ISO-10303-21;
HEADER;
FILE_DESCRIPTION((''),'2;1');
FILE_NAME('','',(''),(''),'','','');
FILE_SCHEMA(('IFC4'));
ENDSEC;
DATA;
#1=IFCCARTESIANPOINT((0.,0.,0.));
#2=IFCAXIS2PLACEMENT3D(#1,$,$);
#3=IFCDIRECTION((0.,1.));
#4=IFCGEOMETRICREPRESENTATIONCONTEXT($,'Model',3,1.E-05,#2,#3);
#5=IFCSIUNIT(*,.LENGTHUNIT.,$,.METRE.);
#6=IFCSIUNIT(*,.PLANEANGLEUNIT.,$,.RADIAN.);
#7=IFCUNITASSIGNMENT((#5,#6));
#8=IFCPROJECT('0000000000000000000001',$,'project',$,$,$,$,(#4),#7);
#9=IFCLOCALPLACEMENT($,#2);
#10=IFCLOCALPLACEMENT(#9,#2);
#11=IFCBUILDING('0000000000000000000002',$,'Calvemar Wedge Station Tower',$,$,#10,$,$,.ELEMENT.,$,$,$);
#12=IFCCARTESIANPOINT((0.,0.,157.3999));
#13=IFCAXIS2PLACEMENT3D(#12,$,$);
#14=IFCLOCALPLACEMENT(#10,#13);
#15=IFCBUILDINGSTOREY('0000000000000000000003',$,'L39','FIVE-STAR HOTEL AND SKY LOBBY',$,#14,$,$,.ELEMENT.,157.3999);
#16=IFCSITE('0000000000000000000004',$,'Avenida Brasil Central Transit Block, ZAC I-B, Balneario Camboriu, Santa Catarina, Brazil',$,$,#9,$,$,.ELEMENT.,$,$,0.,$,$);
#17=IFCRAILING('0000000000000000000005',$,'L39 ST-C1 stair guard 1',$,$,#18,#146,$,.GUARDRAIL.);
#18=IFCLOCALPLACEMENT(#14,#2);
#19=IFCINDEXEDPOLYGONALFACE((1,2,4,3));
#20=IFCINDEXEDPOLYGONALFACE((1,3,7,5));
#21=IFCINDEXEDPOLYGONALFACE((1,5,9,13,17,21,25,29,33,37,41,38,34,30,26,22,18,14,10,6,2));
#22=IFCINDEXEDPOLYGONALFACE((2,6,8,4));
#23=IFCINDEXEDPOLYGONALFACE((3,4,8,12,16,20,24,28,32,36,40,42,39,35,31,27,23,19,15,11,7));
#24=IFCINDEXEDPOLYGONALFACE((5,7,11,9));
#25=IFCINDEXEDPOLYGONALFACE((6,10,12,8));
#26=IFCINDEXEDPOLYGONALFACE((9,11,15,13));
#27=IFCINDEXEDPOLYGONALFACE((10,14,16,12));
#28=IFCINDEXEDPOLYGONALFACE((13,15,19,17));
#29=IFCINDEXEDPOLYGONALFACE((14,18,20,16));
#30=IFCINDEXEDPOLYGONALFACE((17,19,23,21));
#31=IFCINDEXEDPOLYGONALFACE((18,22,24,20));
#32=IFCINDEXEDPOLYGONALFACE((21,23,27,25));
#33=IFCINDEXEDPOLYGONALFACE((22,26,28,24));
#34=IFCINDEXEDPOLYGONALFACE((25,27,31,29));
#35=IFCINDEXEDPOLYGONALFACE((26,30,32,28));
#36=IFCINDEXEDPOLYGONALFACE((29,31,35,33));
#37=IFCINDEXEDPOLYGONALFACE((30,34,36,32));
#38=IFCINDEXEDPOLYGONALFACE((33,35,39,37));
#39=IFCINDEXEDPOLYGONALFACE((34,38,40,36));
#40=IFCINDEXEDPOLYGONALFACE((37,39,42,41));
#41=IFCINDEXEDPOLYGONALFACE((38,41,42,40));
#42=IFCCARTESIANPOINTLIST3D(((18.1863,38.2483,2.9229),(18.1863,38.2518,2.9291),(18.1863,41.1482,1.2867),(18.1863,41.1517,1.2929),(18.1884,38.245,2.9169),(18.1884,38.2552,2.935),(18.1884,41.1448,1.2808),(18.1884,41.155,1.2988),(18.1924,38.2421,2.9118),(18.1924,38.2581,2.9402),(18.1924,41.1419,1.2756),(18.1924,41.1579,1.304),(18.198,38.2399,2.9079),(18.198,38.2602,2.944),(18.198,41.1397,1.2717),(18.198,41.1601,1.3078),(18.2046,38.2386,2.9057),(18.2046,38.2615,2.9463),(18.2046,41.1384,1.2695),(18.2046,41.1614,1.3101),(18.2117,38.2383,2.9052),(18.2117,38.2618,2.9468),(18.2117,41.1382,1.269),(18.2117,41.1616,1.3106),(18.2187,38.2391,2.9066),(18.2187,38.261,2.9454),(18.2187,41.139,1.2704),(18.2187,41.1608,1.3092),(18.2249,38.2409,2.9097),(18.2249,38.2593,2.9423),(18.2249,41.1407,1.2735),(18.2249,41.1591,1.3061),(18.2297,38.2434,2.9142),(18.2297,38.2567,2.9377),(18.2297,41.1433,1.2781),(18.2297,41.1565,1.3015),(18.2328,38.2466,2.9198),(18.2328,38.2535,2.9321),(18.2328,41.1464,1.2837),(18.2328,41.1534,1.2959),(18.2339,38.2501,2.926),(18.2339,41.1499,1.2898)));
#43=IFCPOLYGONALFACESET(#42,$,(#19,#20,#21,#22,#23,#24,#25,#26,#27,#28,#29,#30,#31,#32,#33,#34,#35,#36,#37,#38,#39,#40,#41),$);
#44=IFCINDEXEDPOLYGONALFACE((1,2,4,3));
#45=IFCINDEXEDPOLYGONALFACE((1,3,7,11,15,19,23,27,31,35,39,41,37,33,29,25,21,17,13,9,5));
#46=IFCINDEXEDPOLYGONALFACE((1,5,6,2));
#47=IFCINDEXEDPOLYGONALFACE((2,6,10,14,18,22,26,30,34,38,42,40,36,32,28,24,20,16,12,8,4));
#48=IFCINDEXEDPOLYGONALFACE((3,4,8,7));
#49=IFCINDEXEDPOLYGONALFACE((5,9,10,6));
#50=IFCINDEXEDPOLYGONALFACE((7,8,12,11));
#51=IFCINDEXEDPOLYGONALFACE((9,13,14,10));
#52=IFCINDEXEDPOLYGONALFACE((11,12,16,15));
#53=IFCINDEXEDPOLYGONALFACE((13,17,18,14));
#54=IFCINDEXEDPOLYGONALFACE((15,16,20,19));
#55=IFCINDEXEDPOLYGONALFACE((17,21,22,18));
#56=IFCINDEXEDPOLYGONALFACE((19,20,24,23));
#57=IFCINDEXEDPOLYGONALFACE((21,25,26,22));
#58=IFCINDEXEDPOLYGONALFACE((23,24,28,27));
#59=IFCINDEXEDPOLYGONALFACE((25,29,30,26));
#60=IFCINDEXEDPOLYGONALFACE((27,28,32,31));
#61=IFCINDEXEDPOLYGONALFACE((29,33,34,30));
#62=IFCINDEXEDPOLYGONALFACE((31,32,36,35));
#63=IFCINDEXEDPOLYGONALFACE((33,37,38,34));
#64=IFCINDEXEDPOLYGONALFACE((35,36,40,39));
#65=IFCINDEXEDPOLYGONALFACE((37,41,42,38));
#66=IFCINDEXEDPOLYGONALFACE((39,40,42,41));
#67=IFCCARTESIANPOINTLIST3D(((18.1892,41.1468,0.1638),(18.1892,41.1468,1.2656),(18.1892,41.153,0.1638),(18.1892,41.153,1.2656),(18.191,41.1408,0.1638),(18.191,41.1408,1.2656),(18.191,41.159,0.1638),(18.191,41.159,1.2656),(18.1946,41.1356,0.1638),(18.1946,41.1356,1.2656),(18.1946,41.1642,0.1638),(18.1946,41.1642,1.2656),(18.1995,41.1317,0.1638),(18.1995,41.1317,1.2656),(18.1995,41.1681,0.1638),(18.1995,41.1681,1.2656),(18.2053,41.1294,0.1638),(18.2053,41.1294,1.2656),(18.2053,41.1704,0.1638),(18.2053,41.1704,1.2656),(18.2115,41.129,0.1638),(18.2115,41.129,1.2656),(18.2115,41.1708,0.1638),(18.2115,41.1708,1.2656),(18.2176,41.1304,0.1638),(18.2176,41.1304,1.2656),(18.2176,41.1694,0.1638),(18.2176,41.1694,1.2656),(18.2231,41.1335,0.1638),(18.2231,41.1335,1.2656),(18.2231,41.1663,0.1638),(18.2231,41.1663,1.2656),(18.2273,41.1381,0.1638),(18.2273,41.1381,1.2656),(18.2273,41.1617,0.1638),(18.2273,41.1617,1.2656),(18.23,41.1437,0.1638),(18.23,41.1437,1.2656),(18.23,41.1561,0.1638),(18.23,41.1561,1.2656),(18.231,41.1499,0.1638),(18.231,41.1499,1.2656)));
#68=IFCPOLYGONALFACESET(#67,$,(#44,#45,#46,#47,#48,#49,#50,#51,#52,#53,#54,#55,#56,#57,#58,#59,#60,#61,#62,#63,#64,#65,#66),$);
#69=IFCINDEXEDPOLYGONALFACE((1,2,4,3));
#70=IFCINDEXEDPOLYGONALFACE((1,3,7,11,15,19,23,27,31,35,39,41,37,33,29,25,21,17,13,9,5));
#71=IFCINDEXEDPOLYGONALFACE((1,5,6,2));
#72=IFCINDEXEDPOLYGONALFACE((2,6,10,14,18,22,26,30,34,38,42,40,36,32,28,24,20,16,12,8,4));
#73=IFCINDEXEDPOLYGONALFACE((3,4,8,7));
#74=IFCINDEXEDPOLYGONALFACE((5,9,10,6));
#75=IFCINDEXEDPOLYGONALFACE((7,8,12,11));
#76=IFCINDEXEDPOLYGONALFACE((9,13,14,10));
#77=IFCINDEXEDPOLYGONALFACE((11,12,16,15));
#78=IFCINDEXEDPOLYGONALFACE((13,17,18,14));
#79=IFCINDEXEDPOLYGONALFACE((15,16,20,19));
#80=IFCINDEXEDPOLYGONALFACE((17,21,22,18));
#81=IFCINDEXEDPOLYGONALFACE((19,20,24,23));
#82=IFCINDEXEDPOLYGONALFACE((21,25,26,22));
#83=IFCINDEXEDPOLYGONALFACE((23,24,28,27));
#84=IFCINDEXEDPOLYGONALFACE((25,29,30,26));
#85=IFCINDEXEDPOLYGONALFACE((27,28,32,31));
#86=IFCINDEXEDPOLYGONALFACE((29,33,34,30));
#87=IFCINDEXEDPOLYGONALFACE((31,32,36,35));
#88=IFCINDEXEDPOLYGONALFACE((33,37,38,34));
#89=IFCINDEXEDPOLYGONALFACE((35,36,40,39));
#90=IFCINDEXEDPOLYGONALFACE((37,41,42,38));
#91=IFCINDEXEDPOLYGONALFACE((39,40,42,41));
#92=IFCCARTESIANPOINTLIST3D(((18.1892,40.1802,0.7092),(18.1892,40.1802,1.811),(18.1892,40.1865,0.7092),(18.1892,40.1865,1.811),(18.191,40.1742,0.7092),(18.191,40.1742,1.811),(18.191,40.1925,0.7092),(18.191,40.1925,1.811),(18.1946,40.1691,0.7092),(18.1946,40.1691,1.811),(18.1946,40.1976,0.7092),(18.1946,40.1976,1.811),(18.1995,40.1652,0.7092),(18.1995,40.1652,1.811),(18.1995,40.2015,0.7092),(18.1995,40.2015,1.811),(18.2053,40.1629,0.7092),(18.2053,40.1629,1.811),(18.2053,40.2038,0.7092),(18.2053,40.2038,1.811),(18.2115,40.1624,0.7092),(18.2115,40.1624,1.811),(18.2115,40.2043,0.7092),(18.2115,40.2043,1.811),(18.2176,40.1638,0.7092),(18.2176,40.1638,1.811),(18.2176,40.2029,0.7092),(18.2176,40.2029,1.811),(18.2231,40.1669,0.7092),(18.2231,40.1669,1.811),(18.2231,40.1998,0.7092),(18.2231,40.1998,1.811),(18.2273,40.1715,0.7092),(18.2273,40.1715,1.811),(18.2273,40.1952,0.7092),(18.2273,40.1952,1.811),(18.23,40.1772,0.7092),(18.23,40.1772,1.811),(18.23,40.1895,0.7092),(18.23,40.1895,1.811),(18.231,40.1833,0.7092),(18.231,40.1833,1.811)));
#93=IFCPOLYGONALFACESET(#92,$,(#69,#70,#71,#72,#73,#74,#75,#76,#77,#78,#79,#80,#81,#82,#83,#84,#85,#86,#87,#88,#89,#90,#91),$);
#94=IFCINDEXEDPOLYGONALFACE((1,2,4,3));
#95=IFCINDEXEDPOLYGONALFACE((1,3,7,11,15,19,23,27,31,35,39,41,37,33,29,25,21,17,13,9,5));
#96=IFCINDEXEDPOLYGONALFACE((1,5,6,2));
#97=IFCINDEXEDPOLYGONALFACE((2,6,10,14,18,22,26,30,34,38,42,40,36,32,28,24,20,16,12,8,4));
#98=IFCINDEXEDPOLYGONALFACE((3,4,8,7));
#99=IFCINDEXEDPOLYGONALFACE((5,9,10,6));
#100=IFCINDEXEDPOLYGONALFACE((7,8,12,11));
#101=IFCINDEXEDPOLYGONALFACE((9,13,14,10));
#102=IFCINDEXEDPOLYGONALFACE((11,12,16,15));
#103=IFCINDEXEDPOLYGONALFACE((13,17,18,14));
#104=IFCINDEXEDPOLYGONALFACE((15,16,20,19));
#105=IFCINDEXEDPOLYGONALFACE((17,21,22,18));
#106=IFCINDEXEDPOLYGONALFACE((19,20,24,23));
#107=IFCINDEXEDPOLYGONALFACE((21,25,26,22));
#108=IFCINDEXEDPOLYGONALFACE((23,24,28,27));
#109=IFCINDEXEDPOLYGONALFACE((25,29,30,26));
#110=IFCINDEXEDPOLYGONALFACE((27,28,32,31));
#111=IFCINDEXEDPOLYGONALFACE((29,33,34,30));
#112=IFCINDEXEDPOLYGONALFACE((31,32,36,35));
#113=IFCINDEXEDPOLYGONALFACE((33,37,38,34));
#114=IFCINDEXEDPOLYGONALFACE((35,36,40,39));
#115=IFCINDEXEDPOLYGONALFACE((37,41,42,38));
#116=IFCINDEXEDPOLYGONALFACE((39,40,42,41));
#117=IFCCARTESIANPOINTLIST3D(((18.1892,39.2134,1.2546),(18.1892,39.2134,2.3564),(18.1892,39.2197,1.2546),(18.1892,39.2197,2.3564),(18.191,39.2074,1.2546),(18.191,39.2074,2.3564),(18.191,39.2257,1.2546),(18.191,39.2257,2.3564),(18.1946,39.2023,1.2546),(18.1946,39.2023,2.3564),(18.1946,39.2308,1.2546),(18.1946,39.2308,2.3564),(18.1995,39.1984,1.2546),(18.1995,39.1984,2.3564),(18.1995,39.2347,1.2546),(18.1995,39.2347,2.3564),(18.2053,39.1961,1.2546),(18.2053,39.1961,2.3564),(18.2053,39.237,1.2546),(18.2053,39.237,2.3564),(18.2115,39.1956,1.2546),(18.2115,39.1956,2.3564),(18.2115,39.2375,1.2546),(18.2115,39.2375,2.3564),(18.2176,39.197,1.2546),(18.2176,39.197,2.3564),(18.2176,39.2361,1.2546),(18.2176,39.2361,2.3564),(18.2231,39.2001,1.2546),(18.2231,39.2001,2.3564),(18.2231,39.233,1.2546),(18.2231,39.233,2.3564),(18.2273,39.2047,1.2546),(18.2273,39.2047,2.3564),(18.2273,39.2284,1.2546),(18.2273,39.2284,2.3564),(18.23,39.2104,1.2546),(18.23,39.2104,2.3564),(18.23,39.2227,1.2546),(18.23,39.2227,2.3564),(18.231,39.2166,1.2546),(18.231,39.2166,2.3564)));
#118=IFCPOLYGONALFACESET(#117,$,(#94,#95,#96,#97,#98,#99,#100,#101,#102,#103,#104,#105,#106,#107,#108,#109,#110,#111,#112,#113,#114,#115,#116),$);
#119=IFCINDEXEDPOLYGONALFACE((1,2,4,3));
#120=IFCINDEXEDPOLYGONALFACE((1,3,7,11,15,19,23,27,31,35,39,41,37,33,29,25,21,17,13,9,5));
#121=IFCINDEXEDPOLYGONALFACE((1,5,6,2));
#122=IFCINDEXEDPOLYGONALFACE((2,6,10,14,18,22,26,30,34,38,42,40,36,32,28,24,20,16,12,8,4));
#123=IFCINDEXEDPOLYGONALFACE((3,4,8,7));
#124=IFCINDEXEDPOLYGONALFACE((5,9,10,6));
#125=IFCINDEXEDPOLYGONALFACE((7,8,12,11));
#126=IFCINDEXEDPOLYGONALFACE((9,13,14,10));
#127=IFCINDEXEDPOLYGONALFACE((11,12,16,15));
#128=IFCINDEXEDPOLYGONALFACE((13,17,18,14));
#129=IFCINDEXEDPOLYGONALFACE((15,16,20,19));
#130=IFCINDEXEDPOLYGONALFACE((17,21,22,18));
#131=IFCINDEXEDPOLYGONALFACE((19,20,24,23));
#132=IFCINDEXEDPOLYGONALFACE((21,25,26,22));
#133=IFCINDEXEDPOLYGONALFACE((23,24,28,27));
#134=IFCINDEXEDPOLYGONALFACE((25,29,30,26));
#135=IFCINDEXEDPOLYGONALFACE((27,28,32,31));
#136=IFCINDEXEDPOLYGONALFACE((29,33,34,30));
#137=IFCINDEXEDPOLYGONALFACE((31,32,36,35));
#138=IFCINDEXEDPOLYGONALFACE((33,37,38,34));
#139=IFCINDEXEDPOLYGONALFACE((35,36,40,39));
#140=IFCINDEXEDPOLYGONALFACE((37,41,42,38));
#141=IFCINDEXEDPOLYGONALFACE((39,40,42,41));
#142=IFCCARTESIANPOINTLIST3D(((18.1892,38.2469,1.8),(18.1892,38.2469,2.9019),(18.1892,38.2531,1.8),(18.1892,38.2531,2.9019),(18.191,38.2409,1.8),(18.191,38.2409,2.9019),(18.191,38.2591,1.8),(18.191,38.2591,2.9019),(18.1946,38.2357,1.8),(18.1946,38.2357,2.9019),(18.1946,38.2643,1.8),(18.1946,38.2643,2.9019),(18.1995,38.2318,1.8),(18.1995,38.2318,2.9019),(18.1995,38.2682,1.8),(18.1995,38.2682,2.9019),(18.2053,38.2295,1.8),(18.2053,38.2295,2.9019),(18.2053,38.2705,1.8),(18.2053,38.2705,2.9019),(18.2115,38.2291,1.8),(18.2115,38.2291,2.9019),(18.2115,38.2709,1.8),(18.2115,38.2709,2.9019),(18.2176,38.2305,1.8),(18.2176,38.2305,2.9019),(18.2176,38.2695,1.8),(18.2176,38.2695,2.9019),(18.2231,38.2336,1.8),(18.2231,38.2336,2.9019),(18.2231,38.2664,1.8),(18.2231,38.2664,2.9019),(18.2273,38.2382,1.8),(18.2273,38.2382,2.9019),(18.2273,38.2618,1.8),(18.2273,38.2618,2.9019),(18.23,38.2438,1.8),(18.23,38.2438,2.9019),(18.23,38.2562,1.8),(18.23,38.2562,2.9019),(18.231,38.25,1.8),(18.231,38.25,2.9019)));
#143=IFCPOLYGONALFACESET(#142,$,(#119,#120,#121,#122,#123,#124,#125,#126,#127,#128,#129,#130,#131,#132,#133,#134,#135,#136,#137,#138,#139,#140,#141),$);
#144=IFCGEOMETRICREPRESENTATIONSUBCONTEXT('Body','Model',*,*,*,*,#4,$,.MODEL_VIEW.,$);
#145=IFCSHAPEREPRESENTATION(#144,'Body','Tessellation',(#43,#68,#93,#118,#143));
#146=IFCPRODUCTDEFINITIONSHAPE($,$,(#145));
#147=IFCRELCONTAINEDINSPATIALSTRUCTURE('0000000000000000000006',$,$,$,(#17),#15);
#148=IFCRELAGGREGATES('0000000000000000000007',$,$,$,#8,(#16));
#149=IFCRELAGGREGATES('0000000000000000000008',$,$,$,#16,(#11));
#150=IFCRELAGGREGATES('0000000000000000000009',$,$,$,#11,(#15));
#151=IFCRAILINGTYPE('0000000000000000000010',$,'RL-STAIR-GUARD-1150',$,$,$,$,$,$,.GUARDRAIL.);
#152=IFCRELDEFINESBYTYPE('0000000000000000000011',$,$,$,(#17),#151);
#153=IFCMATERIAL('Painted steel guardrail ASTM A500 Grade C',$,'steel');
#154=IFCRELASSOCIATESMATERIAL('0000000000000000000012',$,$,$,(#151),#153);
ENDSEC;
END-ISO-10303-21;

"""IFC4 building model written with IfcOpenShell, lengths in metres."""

from ifc_helpers import new_model, si_unit, direction, frame, origin, origin_2d, place, context, subcontext, project, spatial, circle, extrude, material, type_object, element, save


model = new_model("IFC4")

# Units and contexts
model_context = context("Model", 3, precision=1e-05, world=origin(), true_north=direction((0.0, 1.0)))
body_context = subcontext(model_context, "Body", "Model", "MODEL_VIEW")
ifc_project = project(units=[si_unit("LENGTHUNIT", "METRE"), si_unit("PLANEANGLEUNIT", "RADIAN")], contexts=[model_context])

# Site, building, storey
site_placement = place(None, origin())
site = spatial("IfcSite", under=ifc_project, at=site_placement, Name="Avenida Brasil Central Transit Block, ZAC I-B, Balneario Camboriu, Santa Catarina, Brazil", CompositionType="ELEMENT", RefElevation=0.0)
building_placement = place(site_placement, origin())
building = spatial("IfcBuilding", under=site, at=building_placement, Name="Calvemar Wedge Station Tower", CompositionType="ELEMENT")
storey_placement = place(building_placement, frame((0.0, 0.0, 157.3999)))
storey = spatial("IfcBuildingStorey", under=building, at=storey_placement, Name="L39", Description="FIVE-STAR HOTEL AND SKY LOBBY", CompositionType="ELEMENT", Elevation=157.3999)

# Railing
ifc_material_1 = material(Name="Painted steel guardrail ASTM A500 Grade C", Category="steel")
railing_type_1 = type_object("IfcRailingType", Name="RL-STAIR-GUARD-1150", PredefinedType="GUARDRAIL", material=ifc_material_1)
railing_1_placement = place(storey_placement, frame((18.21, 41.1499, 0.1638)))
element("IfcRailing", 1, at=railing_1_placement, inside=storey, type_object=railing_type_1, Name="L39 ST-C1 stair guard 1", PredefinedType="GUARDRAIL", context=body_context, shape_type="SweptSolid", body=[
    extrude(circle(Radius=0.0239, at=origin_2d()), frame((0.0, 0.0, 1.126), z_axis=(0.0, -0.870929, 0.49141), x_axis=(1.0, 0.0, 0.0)), (0.0, 0.0, 1.0), 3.3296),
    extrude(circle(Radius=0.021, at=origin_2d()), origin(), (0.0, 0.0, 1.0), 1.1018),
    extrude(circle(Radius=0.021, at=origin_2d()), frame((0.0, -0.9666, 0.5454)), (0.0, 0.0, 1.0), 1.1018),
    extrude(circle(Radius=0.021, at=origin_2d()), frame((0.0, -1.9333, 1.0908)), (0.0, 0.0, 1.0), 1.1018),
    extrude(circle(Radius=0.021, at=origin_2d()), frame((0.0, -2.8999, 1.6362)), (0.0, 0.0, 1.0), 1.1018),
])

save(model, "model.ifc")
